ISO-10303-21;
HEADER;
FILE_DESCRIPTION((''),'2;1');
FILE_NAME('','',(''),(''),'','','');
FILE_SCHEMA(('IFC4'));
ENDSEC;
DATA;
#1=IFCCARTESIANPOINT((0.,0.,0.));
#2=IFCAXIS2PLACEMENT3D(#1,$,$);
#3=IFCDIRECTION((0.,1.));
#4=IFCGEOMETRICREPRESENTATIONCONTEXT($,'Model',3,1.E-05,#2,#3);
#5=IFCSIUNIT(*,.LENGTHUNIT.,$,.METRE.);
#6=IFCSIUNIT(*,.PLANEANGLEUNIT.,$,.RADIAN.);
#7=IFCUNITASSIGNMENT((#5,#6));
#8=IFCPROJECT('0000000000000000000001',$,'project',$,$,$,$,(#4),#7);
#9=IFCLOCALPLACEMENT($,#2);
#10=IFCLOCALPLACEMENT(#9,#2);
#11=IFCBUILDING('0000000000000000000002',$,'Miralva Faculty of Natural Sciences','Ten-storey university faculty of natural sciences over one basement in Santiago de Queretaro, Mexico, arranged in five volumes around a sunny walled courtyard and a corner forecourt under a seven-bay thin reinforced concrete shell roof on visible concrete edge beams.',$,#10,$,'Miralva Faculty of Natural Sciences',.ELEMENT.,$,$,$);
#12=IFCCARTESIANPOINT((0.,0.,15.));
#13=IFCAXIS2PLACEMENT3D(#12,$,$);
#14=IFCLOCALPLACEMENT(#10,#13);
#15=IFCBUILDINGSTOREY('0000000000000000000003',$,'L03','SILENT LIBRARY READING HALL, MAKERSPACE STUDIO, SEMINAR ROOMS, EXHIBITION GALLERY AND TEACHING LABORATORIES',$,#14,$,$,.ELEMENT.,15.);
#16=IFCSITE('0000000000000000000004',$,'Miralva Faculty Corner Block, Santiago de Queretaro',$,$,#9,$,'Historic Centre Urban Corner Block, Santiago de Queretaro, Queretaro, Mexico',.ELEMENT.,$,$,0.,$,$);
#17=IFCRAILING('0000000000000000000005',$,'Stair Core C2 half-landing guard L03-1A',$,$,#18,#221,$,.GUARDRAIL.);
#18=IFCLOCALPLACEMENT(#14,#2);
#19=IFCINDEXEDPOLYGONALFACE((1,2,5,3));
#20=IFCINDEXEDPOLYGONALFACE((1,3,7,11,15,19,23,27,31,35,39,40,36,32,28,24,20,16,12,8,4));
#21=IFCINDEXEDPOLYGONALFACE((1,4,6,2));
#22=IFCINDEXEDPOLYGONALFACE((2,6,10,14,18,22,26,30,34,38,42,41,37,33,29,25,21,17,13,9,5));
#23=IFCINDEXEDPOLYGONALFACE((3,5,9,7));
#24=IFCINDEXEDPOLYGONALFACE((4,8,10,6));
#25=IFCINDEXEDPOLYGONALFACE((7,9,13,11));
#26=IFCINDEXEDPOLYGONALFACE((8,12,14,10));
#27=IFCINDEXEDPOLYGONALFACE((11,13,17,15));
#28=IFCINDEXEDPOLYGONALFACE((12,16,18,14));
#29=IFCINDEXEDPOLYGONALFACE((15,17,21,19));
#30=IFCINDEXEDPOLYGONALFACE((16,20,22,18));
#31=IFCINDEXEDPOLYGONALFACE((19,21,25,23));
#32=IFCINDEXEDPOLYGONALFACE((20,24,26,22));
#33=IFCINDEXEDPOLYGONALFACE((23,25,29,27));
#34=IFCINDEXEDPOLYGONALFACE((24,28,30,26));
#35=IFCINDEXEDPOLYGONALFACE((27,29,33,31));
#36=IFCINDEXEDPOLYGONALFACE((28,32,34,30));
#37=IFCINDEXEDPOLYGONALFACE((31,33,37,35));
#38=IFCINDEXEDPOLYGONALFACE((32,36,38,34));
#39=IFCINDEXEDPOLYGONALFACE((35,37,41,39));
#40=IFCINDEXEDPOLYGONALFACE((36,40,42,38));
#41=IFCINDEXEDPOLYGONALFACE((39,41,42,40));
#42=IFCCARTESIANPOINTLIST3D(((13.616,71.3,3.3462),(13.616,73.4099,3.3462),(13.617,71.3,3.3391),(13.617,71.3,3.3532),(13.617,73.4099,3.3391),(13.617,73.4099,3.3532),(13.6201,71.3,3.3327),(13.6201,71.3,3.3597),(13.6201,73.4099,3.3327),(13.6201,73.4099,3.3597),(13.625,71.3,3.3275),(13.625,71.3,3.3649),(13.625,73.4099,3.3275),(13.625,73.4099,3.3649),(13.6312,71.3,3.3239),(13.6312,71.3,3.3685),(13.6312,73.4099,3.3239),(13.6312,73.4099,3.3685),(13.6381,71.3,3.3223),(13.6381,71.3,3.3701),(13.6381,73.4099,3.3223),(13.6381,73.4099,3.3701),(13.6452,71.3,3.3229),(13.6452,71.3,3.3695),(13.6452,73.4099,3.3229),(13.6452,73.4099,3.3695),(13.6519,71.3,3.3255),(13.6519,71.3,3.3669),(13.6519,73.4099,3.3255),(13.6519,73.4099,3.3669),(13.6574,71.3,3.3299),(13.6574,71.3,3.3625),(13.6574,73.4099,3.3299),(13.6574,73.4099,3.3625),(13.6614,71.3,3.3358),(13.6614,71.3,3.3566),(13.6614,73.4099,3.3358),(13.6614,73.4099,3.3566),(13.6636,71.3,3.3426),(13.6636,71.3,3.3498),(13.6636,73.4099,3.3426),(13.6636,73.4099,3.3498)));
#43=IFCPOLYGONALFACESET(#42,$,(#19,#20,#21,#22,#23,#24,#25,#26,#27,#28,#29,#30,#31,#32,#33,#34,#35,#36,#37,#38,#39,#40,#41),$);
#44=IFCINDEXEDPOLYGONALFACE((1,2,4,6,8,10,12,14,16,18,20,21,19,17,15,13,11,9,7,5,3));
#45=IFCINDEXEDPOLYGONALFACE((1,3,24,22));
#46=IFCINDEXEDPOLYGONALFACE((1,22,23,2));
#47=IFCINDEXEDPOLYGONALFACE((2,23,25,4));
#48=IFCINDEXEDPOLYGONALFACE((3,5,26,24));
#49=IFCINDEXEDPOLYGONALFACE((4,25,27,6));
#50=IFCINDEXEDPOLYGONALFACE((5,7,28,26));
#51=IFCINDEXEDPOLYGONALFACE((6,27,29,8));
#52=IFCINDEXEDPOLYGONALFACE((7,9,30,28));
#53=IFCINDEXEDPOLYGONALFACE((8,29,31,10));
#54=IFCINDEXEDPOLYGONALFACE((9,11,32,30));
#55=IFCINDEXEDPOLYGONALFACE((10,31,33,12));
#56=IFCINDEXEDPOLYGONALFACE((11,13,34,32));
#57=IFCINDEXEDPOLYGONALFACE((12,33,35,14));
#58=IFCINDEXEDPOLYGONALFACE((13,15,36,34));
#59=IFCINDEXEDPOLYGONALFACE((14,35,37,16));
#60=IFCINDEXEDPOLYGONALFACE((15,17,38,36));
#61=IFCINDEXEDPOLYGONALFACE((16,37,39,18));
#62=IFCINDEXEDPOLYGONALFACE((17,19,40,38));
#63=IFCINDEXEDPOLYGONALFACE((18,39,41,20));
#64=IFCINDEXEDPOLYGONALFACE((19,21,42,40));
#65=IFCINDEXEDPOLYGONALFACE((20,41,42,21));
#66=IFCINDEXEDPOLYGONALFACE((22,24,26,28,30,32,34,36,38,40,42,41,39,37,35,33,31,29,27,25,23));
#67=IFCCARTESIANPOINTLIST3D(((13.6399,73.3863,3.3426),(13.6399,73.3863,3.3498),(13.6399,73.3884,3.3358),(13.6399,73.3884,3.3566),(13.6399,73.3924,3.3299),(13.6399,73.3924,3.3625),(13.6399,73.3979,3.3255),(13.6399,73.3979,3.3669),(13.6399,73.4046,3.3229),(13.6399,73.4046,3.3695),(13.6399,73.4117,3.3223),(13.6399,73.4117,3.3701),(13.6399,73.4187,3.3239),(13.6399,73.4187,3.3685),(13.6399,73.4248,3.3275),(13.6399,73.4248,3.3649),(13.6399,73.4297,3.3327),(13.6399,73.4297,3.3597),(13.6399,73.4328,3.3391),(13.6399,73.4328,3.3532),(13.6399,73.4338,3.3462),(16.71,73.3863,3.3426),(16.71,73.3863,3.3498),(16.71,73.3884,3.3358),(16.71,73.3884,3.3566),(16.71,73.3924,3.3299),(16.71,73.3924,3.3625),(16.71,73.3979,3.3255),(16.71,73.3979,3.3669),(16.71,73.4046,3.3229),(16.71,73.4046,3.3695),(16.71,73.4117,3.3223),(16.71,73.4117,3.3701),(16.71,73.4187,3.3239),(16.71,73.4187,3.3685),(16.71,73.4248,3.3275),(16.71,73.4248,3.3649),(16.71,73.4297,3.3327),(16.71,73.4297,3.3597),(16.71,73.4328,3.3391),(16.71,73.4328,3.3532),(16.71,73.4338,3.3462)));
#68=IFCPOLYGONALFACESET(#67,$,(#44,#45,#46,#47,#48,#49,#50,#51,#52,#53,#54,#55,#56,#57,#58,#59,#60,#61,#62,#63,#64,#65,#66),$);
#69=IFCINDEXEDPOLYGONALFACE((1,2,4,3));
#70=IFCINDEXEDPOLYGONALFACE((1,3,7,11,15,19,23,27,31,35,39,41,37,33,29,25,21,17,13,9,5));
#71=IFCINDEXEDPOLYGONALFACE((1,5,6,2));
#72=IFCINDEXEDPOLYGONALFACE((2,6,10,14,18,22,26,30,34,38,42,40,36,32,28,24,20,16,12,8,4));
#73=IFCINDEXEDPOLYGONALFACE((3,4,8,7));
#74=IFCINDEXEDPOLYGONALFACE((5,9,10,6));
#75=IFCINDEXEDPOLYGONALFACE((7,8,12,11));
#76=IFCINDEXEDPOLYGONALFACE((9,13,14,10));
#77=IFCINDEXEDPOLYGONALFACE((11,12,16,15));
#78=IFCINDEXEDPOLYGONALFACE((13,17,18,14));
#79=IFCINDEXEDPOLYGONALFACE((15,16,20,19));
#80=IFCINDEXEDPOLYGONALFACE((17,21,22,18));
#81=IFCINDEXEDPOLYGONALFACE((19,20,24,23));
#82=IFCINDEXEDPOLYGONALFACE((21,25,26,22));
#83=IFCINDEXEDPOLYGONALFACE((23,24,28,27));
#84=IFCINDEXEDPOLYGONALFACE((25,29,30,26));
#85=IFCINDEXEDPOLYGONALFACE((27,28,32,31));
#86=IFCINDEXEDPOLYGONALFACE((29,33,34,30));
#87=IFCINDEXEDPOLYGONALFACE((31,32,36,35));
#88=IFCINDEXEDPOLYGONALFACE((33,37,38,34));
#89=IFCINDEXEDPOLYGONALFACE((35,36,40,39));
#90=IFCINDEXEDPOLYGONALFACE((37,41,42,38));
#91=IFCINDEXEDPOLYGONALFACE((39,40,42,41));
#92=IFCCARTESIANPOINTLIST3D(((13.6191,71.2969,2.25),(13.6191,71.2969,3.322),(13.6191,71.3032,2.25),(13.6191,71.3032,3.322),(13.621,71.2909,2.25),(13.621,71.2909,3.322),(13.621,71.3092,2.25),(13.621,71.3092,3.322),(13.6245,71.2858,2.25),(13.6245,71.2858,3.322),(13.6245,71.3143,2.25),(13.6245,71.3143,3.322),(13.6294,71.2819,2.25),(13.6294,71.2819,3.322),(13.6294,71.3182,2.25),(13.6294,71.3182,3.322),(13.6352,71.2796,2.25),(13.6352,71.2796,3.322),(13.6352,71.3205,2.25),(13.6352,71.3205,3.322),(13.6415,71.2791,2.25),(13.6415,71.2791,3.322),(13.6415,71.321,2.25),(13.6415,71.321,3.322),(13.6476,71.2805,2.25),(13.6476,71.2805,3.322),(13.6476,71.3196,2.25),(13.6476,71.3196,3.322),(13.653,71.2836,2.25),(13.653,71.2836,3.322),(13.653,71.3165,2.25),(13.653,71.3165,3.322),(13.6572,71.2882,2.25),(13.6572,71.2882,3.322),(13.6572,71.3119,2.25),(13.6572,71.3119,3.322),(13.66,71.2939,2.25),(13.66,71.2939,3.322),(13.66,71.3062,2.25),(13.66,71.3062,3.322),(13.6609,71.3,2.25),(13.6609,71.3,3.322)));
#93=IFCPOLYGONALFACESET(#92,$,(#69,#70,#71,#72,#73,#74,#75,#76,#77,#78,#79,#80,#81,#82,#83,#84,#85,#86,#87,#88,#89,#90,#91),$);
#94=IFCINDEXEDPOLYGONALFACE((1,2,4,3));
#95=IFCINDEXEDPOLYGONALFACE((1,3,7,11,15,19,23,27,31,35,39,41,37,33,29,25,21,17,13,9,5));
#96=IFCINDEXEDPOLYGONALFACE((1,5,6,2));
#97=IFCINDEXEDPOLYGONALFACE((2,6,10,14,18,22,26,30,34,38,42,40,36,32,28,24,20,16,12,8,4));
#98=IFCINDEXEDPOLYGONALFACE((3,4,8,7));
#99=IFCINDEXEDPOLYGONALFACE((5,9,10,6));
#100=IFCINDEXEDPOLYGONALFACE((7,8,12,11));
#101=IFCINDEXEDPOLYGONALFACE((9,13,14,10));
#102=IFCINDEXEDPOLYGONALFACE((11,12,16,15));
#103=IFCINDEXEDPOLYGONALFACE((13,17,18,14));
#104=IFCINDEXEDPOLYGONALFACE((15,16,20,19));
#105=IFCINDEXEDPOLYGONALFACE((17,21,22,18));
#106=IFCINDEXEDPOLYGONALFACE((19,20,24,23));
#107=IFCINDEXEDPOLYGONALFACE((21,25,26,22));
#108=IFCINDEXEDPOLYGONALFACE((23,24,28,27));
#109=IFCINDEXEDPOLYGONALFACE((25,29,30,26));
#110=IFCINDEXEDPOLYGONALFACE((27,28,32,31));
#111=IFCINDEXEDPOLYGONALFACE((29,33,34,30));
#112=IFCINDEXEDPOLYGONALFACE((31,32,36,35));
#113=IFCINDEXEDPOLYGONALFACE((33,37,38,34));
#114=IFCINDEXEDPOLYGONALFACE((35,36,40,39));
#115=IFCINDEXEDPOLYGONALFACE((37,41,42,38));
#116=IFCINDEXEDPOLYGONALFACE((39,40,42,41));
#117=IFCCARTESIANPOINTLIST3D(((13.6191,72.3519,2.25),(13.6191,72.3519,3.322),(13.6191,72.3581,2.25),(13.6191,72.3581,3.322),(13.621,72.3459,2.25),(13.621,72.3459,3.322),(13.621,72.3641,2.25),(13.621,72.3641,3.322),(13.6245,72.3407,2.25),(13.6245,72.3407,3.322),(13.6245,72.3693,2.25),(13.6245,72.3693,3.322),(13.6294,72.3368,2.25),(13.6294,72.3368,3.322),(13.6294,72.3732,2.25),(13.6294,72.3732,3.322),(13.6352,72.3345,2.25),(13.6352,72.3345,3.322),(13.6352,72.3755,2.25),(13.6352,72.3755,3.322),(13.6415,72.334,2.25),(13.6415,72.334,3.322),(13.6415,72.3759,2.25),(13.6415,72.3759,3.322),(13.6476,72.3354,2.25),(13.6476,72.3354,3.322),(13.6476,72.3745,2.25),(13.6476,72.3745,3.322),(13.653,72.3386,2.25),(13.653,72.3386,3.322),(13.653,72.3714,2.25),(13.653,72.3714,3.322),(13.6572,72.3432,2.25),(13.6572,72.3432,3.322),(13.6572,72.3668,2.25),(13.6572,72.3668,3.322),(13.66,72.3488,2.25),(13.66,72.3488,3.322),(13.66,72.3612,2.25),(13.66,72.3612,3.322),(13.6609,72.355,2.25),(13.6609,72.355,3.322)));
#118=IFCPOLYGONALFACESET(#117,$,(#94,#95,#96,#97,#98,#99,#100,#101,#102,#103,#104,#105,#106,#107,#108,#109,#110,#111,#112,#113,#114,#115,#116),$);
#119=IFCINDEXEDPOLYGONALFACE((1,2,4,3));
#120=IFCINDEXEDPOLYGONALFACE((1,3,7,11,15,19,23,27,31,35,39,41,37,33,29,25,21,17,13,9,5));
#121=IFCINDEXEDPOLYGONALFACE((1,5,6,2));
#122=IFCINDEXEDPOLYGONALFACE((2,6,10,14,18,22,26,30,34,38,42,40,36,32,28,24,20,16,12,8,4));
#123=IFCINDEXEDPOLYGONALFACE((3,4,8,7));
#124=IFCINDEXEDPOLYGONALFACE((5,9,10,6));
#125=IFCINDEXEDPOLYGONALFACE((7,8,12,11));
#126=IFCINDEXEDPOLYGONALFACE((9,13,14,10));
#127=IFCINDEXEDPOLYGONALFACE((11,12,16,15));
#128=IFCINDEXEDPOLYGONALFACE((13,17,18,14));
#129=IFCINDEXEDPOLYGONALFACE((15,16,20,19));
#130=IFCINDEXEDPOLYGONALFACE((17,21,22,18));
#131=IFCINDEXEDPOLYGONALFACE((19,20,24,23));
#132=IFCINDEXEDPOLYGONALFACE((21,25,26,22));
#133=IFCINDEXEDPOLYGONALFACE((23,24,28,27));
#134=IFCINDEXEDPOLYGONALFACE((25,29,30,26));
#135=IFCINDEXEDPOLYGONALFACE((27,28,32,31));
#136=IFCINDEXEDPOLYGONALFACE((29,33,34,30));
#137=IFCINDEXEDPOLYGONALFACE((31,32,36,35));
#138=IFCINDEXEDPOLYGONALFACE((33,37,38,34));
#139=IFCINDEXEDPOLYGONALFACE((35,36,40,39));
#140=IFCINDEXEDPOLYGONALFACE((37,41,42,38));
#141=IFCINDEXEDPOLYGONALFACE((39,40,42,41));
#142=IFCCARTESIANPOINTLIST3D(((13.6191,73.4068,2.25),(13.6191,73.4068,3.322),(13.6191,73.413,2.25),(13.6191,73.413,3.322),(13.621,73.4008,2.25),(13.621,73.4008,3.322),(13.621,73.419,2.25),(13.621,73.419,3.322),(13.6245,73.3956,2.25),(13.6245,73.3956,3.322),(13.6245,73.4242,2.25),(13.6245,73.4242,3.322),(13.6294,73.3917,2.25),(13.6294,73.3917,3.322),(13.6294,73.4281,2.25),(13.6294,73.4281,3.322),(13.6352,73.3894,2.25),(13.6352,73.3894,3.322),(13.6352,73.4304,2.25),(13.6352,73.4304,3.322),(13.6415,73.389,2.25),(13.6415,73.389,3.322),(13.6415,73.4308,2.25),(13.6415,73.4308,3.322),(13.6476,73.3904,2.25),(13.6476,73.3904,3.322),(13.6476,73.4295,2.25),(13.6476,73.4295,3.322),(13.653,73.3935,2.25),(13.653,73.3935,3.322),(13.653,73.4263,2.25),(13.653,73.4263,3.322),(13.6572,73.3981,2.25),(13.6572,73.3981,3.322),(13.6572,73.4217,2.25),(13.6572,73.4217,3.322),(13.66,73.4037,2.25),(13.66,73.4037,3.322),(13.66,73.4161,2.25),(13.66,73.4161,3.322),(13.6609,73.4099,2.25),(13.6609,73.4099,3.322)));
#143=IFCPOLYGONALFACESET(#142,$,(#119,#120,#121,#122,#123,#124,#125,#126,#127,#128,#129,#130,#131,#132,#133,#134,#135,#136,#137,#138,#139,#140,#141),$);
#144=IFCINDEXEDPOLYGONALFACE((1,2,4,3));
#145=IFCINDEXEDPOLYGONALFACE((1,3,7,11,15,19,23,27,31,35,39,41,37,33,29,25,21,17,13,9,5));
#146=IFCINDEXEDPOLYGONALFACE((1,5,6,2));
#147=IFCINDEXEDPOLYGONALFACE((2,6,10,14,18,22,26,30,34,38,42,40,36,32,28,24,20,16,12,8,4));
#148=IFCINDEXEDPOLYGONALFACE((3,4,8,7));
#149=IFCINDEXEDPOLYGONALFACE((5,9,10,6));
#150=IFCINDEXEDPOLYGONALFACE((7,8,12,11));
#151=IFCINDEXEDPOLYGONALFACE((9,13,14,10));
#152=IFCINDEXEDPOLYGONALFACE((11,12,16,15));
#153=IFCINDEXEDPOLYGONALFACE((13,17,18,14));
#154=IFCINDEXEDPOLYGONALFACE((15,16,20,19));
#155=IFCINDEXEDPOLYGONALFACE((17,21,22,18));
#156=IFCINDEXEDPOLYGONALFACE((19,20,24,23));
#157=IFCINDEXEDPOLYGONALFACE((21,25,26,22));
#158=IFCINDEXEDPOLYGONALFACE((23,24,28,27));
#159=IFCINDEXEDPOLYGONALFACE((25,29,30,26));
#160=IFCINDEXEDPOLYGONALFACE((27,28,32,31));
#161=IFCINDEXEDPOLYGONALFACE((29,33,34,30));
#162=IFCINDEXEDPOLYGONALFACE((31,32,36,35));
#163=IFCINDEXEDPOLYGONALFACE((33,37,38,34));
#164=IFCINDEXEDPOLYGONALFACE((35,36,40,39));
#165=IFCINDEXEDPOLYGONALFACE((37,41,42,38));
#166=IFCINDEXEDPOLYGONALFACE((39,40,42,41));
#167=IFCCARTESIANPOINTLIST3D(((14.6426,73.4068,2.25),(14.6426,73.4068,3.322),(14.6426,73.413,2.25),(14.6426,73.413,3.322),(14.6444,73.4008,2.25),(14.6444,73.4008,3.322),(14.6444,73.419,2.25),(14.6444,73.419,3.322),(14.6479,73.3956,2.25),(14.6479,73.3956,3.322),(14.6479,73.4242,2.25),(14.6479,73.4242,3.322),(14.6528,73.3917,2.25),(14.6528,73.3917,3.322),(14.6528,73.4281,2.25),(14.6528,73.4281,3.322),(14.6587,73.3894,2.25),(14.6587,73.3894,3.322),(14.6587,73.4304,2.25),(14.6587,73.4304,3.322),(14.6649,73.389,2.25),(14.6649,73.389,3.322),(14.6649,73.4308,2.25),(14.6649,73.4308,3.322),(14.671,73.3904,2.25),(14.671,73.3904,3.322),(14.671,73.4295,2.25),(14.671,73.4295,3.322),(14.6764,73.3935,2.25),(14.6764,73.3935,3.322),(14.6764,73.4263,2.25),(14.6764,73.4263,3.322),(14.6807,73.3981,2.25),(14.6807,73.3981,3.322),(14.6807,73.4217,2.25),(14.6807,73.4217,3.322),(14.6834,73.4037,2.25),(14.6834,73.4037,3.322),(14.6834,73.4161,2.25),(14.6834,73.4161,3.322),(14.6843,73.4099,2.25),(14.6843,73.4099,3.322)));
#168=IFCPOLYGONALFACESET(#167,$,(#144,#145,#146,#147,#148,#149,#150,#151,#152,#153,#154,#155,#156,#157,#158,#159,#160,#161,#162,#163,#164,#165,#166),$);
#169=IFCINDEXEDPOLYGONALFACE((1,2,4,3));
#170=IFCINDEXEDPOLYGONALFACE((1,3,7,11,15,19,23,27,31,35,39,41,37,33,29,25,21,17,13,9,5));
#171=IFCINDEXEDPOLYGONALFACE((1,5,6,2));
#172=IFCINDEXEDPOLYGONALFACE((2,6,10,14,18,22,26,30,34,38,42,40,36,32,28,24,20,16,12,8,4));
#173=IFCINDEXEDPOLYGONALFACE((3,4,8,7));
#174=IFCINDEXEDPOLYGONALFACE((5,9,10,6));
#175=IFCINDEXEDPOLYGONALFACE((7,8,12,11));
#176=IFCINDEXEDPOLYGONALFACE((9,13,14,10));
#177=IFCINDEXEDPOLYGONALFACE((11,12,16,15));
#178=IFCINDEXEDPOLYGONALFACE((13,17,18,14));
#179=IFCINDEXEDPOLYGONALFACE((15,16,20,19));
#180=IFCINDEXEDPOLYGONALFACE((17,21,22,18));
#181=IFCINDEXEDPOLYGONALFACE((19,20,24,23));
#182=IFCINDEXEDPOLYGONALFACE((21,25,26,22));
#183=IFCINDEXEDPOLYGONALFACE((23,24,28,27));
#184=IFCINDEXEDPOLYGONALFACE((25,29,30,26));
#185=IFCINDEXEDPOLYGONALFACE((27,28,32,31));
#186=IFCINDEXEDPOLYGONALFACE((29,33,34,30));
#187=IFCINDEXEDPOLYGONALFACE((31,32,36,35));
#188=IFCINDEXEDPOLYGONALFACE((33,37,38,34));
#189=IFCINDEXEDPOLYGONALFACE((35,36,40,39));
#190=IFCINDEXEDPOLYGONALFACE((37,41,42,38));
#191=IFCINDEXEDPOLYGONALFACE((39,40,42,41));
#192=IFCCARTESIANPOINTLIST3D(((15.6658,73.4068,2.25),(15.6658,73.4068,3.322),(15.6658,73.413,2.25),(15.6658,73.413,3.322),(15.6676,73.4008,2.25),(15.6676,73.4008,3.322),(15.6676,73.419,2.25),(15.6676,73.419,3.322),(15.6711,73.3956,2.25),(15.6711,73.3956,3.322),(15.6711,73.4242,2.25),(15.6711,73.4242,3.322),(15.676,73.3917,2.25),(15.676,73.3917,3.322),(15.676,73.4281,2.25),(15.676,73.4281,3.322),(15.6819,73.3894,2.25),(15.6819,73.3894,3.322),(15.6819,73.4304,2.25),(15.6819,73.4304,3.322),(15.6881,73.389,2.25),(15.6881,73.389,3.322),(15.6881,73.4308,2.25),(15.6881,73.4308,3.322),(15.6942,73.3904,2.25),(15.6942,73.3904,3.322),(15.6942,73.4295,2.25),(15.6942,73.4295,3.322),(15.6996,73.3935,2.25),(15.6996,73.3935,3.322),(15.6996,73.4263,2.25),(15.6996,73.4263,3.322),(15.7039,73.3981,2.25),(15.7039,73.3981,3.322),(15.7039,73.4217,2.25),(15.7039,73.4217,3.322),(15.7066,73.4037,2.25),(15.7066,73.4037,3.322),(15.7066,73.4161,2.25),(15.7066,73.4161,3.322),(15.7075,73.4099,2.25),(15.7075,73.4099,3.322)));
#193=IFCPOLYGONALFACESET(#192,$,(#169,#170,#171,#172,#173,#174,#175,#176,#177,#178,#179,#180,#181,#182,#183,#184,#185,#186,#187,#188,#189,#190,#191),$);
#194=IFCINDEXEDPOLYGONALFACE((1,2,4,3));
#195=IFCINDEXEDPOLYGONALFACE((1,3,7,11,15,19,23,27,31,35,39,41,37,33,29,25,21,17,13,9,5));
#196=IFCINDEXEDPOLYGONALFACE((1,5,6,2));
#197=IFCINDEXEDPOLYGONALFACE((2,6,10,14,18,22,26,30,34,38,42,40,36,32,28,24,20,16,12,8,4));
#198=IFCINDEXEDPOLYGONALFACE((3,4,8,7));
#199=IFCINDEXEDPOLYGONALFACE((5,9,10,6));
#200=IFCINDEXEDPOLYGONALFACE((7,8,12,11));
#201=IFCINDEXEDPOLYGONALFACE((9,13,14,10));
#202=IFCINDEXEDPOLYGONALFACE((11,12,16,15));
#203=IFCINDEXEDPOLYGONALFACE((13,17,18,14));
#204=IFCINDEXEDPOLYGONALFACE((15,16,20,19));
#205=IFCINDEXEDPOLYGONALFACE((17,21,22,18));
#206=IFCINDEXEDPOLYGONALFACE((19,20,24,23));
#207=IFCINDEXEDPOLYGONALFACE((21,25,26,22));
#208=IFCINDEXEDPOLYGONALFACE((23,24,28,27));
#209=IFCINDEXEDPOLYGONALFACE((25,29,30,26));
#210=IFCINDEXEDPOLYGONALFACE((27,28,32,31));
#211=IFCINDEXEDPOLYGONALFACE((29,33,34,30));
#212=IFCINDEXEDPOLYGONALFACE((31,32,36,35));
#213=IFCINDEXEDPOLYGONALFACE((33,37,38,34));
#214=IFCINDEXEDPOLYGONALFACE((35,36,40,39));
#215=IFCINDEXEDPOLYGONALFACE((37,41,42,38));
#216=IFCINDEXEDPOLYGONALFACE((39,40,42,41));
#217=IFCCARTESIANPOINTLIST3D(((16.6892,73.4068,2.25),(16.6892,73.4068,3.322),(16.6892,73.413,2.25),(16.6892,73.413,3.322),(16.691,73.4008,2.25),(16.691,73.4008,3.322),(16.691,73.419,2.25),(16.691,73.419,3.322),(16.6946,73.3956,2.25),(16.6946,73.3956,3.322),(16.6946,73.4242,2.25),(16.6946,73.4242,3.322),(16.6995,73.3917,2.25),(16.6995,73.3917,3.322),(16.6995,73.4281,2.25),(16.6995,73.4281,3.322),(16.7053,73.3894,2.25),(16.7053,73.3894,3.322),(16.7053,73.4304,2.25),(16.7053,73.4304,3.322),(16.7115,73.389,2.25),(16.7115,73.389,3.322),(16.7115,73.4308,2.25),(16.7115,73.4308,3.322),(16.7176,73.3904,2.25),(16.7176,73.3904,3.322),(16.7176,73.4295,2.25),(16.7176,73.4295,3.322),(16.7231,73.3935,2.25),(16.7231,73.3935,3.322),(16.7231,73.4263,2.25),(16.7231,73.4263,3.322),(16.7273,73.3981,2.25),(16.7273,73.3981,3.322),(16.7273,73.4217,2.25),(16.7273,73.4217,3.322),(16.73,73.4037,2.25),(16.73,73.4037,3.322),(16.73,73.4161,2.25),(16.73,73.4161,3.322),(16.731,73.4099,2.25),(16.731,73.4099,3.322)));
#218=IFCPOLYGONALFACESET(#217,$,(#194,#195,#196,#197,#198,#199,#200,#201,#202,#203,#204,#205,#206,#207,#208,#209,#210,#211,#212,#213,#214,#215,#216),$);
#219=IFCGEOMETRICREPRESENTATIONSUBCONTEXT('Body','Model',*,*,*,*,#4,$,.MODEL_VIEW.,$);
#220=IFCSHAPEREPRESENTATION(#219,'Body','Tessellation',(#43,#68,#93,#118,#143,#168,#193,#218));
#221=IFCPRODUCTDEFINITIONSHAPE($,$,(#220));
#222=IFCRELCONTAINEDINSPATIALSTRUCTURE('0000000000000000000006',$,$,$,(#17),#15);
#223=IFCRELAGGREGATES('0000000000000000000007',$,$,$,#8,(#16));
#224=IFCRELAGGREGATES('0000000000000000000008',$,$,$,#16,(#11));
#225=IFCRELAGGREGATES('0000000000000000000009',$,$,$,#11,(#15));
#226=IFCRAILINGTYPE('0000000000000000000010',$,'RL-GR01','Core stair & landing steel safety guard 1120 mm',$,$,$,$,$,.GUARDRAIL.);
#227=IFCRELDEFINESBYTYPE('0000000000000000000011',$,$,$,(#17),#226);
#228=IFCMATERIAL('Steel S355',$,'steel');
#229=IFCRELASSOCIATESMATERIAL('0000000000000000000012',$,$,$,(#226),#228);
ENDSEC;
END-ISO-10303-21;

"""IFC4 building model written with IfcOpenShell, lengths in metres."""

from ifc_helpers import new_model, si_unit, direction, frame, origin, origin_2d, place, context, subcontext, project, spatial, circle, extrude, material, type_object, element, save


model = new_model("IFC4")

# Units and contexts
model_context = context("Model", 3, precision=1e-05, world=origin(), true_north=direction((0.0, 1.0)))
body_context = subcontext(model_context, "Body", "Model", "MODEL_VIEW")
ifc_project = project(units=[si_unit("LENGTHUNIT", "METRE"), si_unit("PLANEANGLEUNIT", "RADIAN")], contexts=[model_context])

# Site, building, storey
site_placement = place(None, origin())
site = spatial("IfcSite", under=ifc_project, at=site_placement, Name="Miralva Faculty Corner Block, Santiago de Queretaro", LongName="Historic Centre Urban Corner Block, Santiago de Queretaro, Queretaro, Mexico", CompositionType="ELEMENT", RefElevation=0.0)
building_placement = place(site_placement, origin())
building = spatial("IfcBuilding", under=site, at=building_placement, Name="Miralva Faculty of Natural Sciences", Description="Ten-storey university faculty of natural sciences over one basement in Santiago de Queretaro, Mexico, arranged in five volumes around a sunny walled courtyard and a corner forecourt under a seven-bay thin reinforced concrete shell roof on visible concrete edge beams.", LongName="Miralva Faculty of Natural Sciences", CompositionType="ELEMENT")
storey_placement = place(building_placement, frame((0.0, 0.0, 15.0)))
storey = spatial("IfcBuildingStorey", under=building, at=storey_placement, Name="L03", Description="SILENT LIBRARY READING HALL, MAKERSPACE STUDIO, SEMINAR ROOMS, EXHIBITION GALLERY AND TEACHING LABORATORIES", CompositionType="ELEMENT", Elevation=15.0)

# Railing
ifc_material_1 = material(Name="Steel S355", Category="steel")
railing_type_1 = type_object("IfcRailingType", Name="RL-GR01", Description="Core stair & landing steel safety guard 1120 mm", PredefinedType="GUARDRAIL", material=ifc_material_1)
railing_1_placement = place(storey_placement, frame((13.6399, 71.3, 2.25)))
element("IfcRailing", 1, at=railing_1_placement, inside=storey, type_object=railing_type_1, Name="Stair Core C2 half-landing guard L03-1A", PredefinedType="GUARDRAIL", context=body_context, shape_type="SweptSolid", body=[
    extrude(circle(Radius=0.0239, at=origin_2d()), frame((0.0, 0.0, 1.0962), z_axis=(0.0, 1.0, 0.0), x_axis=(-1.0, 0.0, 0.0)), (0.0, 0.0, 1.0), 2.1099),
    extrude(circle(Radius=0.0239, at=origin_2d()), frame((0.0, 2.1099, 1.0962), z_axis=(1.0, 0.0, 0.0), x_axis=(0.0, 1.0, 0.0)), (0.0, 0.0, 1.0), 3.0701),
    extrude(circle(Radius=0.021, at=origin_2d()), origin(), (0.0, 0.0, 1.0), 1.072),
    extrude(circle(Radius=0.021, at=origin_2d()), frame((0.0, 1.0549, 0.0)), (0.0, 0.0, 1.0), 1.072),
    extrude(circle(Radius=0.021, at=origin_2d()), frame((0.0, 2.1099, 0.0)), (0.0, 0.0, 1.0), 1.072),
    extrude(circle(Radius=0.021, at=origin_2d()), frame((1.0234, 2.1099, 0.0)), (0.0, 0.0, 1.0), 1.072),
    extrude(circle(Radius=0.021, at=origin_2d()), frame((2.0466, 2.1099, 0.0)), (0.0, 0.0, 1.0), 1.072),
    extrude(circle(Radius=0.021, at=origin_2d()), frame((3.0701, 2.1099, 0.0)), (0.0, 0.0, 1.0), 1.072),
])

save(model, "model.ifc")
